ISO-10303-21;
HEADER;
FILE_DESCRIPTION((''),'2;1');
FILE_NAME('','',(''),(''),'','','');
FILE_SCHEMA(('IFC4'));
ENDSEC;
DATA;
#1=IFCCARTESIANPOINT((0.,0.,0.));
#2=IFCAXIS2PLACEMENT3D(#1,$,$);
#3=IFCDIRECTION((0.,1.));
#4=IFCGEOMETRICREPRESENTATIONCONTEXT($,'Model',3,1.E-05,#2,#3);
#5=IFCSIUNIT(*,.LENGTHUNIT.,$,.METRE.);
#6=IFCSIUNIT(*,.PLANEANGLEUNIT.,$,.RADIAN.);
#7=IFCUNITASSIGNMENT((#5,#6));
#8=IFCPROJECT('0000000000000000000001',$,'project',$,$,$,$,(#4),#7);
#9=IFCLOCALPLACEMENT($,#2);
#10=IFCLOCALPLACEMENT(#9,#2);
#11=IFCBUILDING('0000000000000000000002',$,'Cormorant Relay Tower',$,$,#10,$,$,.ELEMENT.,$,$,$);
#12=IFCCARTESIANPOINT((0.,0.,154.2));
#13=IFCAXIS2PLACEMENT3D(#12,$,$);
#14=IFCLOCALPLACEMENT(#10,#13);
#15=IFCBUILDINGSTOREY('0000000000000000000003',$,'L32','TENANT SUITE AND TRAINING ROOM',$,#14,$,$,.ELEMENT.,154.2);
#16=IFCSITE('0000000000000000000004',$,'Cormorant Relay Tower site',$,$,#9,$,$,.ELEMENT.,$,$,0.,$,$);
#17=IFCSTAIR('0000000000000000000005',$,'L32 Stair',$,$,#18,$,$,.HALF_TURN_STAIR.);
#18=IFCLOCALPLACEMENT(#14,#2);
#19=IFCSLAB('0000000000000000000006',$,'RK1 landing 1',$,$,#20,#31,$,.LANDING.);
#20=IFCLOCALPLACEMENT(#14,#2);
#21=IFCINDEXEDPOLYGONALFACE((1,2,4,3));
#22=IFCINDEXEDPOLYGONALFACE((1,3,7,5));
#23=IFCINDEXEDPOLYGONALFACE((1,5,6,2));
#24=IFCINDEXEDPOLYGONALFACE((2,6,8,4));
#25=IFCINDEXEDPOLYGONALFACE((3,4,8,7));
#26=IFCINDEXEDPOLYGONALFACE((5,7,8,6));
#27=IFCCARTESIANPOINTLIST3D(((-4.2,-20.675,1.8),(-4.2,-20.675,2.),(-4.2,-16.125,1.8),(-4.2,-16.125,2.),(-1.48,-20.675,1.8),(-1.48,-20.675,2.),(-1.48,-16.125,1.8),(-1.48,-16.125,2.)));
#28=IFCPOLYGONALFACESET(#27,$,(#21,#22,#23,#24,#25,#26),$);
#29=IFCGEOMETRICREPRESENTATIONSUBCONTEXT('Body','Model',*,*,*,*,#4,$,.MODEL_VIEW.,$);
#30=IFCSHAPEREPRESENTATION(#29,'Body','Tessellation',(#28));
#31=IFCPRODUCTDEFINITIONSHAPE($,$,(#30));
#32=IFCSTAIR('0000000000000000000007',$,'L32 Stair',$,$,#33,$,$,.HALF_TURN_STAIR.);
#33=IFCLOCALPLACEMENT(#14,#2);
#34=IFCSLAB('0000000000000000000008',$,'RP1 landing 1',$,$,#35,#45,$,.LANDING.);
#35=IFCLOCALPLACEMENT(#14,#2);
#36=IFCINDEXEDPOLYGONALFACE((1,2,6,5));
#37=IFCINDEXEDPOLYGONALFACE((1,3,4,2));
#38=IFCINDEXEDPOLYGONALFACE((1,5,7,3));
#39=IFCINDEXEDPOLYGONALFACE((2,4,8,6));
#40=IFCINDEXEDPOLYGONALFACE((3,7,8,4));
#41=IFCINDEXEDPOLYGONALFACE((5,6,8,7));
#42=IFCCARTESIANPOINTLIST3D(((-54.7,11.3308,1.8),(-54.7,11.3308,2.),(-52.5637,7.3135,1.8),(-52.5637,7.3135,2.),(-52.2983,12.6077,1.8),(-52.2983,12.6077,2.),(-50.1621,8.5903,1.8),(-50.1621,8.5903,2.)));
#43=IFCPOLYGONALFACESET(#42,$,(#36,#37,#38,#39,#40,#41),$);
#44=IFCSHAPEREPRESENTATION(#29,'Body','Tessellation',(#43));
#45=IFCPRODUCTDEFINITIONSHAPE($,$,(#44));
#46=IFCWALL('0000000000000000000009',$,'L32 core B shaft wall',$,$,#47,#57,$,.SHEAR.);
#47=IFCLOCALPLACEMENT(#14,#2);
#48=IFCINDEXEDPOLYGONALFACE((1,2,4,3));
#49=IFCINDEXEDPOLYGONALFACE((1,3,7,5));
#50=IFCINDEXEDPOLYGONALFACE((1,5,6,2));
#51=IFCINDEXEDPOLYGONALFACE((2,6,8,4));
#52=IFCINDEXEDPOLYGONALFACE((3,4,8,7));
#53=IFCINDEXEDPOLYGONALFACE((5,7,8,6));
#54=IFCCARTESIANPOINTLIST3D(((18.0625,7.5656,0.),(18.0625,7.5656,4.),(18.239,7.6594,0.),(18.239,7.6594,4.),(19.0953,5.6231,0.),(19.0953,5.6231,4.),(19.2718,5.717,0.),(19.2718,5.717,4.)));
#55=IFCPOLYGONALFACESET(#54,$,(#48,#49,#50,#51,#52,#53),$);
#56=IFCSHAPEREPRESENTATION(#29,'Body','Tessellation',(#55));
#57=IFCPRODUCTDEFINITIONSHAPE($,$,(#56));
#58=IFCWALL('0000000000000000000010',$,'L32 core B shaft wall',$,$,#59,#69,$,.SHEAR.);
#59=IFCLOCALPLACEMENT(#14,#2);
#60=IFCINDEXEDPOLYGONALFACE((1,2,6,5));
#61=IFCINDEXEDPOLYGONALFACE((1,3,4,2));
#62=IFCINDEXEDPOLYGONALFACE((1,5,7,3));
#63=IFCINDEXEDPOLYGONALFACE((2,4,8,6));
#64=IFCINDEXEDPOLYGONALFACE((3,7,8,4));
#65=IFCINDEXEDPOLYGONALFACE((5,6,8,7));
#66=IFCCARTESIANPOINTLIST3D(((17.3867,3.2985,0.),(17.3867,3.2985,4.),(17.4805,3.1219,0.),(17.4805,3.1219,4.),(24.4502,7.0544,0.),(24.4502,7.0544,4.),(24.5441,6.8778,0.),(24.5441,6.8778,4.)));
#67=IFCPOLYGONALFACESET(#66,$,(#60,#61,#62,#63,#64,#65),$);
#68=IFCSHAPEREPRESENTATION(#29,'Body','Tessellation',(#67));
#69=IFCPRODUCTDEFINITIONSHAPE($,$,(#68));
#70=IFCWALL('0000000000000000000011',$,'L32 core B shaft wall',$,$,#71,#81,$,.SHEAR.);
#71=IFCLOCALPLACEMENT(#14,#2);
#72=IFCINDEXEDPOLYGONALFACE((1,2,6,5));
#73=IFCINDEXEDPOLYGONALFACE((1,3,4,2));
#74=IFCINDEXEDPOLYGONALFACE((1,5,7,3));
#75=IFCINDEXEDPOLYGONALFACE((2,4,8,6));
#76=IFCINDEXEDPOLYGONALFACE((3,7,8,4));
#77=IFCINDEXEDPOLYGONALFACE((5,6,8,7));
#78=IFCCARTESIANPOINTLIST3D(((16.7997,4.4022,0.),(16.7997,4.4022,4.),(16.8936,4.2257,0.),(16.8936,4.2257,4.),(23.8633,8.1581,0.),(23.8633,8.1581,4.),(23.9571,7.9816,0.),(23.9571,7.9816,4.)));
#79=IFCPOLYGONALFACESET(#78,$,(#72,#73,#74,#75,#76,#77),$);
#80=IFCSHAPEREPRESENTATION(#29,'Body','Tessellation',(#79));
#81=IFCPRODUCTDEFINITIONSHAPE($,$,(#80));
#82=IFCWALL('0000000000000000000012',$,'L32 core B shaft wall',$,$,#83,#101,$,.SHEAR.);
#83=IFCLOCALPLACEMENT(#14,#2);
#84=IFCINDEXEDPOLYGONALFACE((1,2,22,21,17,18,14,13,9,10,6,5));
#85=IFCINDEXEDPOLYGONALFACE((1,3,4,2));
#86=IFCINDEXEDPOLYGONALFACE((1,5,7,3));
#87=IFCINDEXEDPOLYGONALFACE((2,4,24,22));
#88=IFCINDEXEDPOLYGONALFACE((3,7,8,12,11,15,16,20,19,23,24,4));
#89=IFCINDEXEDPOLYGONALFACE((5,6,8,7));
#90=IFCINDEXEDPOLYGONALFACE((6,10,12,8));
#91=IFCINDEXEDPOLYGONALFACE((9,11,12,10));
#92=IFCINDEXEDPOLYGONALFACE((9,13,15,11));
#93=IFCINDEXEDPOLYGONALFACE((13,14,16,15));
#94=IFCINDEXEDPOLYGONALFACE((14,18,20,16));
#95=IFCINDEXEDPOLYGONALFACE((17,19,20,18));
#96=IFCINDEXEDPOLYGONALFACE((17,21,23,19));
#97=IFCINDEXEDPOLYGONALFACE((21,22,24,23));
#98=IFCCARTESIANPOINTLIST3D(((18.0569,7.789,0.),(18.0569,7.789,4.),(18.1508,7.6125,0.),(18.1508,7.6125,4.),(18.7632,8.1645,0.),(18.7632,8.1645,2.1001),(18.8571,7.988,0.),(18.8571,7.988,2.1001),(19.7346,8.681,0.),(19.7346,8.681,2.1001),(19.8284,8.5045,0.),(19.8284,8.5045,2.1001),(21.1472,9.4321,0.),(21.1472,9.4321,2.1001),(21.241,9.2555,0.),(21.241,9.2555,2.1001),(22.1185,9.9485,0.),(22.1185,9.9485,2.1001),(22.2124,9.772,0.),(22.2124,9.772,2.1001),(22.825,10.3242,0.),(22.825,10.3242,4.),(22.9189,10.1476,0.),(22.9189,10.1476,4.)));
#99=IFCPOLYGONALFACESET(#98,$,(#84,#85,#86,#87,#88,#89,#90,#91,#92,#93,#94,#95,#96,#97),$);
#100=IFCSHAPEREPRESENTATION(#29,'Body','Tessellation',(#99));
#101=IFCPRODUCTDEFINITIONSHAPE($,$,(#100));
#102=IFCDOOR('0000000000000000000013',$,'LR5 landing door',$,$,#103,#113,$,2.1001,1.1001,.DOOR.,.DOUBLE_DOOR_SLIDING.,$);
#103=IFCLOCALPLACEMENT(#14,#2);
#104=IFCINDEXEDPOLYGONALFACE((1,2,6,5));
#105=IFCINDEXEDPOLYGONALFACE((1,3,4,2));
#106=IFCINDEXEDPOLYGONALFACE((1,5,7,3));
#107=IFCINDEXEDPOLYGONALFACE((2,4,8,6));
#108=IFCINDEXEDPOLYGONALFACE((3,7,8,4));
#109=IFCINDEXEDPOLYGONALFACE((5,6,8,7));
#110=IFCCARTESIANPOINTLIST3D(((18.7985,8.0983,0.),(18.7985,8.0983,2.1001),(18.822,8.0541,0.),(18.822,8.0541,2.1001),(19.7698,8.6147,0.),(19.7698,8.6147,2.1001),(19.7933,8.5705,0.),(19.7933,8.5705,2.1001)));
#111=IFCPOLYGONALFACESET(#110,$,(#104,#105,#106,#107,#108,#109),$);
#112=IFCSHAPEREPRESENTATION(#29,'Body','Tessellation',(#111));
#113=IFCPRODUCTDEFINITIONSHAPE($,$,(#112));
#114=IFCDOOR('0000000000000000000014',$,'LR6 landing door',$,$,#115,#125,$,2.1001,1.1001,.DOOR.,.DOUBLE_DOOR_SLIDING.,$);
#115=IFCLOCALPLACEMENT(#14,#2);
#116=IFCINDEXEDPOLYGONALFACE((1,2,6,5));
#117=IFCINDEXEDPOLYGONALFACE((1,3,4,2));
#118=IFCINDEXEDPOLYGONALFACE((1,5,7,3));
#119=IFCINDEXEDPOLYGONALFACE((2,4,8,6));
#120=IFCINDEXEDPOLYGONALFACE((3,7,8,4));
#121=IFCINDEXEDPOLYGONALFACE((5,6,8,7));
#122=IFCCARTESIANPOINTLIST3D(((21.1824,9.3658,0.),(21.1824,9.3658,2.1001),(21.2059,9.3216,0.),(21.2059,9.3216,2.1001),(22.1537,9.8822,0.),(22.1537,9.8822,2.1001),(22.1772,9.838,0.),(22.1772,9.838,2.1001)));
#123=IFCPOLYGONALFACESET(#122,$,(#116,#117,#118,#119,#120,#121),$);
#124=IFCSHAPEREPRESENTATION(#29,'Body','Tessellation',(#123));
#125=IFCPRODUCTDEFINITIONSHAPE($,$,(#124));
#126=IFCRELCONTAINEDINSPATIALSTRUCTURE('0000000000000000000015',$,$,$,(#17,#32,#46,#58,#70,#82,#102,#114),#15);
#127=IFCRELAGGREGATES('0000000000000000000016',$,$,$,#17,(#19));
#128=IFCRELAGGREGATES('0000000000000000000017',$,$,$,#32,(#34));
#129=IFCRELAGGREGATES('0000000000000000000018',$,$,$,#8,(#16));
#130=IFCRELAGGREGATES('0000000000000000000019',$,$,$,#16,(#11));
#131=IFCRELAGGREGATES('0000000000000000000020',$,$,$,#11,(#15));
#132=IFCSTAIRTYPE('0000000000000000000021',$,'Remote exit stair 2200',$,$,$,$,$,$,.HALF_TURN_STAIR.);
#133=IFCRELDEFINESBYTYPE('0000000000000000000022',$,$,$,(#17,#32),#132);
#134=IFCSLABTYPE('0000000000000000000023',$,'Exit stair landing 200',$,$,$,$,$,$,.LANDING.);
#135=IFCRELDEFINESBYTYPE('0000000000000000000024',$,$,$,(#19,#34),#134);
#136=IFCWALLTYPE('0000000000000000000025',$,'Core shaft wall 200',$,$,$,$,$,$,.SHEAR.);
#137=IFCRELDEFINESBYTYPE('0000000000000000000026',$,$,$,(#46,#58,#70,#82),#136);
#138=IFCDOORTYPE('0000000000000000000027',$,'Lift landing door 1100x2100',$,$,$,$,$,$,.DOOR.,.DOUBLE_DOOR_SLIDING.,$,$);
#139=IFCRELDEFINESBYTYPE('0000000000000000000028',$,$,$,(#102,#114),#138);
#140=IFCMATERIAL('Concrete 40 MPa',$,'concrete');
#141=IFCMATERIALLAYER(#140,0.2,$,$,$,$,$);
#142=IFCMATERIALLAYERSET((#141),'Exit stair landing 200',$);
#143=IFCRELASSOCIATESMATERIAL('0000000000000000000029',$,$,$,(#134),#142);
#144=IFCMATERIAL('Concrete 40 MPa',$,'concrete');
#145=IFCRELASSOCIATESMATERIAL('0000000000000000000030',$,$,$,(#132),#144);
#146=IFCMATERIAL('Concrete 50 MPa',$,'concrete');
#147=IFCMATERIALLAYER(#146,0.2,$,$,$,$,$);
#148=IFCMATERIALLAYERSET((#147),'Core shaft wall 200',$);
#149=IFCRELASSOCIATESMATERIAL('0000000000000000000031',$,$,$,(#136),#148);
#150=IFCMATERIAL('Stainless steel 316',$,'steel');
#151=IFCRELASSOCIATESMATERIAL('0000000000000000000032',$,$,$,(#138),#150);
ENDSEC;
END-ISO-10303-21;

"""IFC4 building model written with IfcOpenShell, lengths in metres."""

from ifc_helpers import new_model, si_unit, direction, frame, frame_2d, origin, place, context, subcontext, project, spatial, polyline, rectangle, outline, extrude, material, layer, layer_set, type_object, element, fill, aggregate, save


model = new_model("IFC4")

# Units and contexts
model_context = context("Model", 3, precision=1e-05, world=origin(), true_north=direction((0.0, 1.0)))
body_context = subcontext(model_context, "Body", "Model", "MODEL_VIEW")
ifc_project = project(units=[si_unit("LENGTHUNIT", "METRE"), si_unit("PLANEANGLEUNIT", "RADIAN")], contexts=[model_context])

# Site, building, storey
site_placement = place(None, origin())
site = spatial("IfcSite", under=ifc_project, at=site_placement, Name="Cormorant Relay Tower site", CompositionType="ELEMENT", RefElevation=0.0)
building_placement = place(site_placement, origin())
building = spatial("IfcBuilding", under=site, at=building_placement, Name="Cormorant Relay Tower", CompositionType="ELEMENT")
storey_placement = place(building_placement, frame((0.0, 0.0, 154.2)))
storey = spatial("IfcBuildingStorey", under=building, at=storey_placement, Name="L32", Description="TENANT SUITE AND TRAINING ROOM", CompositionType="ELEMENT", Elevation=154.2)

# Stairs, slabs
ifc_material_1 = material(Name="Concrete 40 MPa", Category="concrete")
ifc_layer_1 = layer(ifc_material_1, 0.2)
ifc_layer_set_1 = layer_set([ifc_layer_1], Name="Exit stair landing 200")
slab_type = type_object("IfcSlabType", Name="Exit stair landing 200", PredefinedType="LANDING", material=ifc_layer_set_1)
ifc_material_2 = material(Name="Concrete 40 MPa", Category="concrete")
stair_type_1 = type_object("IfcStairType", Name="Remote exit stair 2200", PredefinedType="HALF_TURN_STAIR", material=ifc_material_2)
stair_1_placement = place(storey_placement, origin())
stair_1 = element("IfcStair", 1, at=stair_1_placement, inside=storey, type_object=stair_type_1, Name="L32 Stair", PredefinedType="HALF_TURN_STAIR")
slab_1_placement = place(storey_placement, frame((0.0, 0.0, 1.8)))
slab_1 = element("IfcSlab", 2, at=slab_1_placement, type_object=slab_type, Name="RK1 landing 1", PredefinedType="LANDING", context=body_context, shape_type="SweptSolid", body=[
    extrude(outline(polyline([(-1.48, -16.125), (-4.2, -16.125), (-4.2, -20.675), (-1.48, -20.675), (-1.48, -16.125)])), origin(), (0.0, 0.0, 1.0), 0.2),
])
aggregate(stair_1, [slab_1])
stair_2_placement = place(storey_placement, origin())
stair_2 = element("IfcStair", 3, at=stair_2_placement, inside=storey, type_object=stair_type_1, Name="L32 Stair", PredefinedType="HALF_TURN_STAIR")
slab_2_placement = place(storey_placement, frame((0.0, 0.0, 1.8)))
slab_2 = element("IfcSlab", 4, at=slab_2_placement, type_object=slab_type, Name="RP1 landing 1", PredefinedType="LANDING", context=body_context, shape_type="SweptSolid", body=[
    extrude(outline(polyline([(-52.2983, 12.6077), (-54.7, 11.3308), (-52.5637, 7.3135), (-50.1621, 8.5903), (-52.2983, 12.6077)])), origin(), (0.0, 0.0, 1.0), 0.2),
])
aggregate(stair_2, [slab_2])

# Walls
ifc_material_3 = material(Name="Concrete 50 MPa", Category="concrete")
ifc_layer_2 = layer(ifc_material_3, 0.2)
ifc_layer_set_2 = layer_set([ifc_layer_2], Name="Core shaft wall 200")
wall_type = type_object("IfcWallType", Name="Core shaft wall 200", PredefinedType="SHEAR", material=ifc_layer_set_2)
wall_1_placement = place(storey_placement, frame((19.1836, 5.6699, 0.0), z_axis=(0.0, 0.0, 1.0), x_axis=(-0.469447, 0.88296, 0.0)))
element("IfcWall", 5, at=wall_1_placement, inside=storey, type_object=wall_type, Name="L32 core B shaft wall", PredefinedType="SHEAR", context=body_context, shape_type="SweptSolid", body=[
    extrude(rectangle(XDim=2.2, YDim=0.2, at=frame_2d((1.1001, 0.0))), origin(), (0.0, 0.0, 1.0), 4.0),
])
for number, where, z_axis, x_axis, name in (
    (6, (17.4336, 3.2102, 0.0), (0.0, 0.0, 1.0), (0.88294, 0.469485, 0.0), "L32 core B shaft wall"),
    (7, (16.8467, 4.314, 0.0), (0.0, 0.0, 1.0), (0.88294, 0.469485, 0.0), "L32 core B shaft wall"),
):
    element("IfcWall", number, at=place(storey_placement, frame(where, z_axis=z_axis, x_axis=x_axis)), inside=storey, type_object=wall_type, Name=name, PredefinedType="SHEAR", context=body_context, shape_type="SweptSolid", body=[
        extrude(rectangle(XDim=8.0, YDim=0.2, at=frame_2d((4.0, 0.0))), origin(), (0.0, 0.0, 1.0), 4.0),
    ])

# Wall, openings, doors
wall_2_placement = place(storey_placement, frame((18.1038, 7.7007, 0.0), z_axis=(0.0, 0.0, 1.0), x_axis=(0.882953, 0.469462, 0.0)))
wall_2 = element("IfcWall", 8, at=wall_2_placement, inside=storey, type_object=wall_type, Name="L32 core B shaft wall", PredefinedType="SHEAR", context=body_context, shape_type="SweptSolid", body=[
    extrude(rectangle(XDim=5.4001, YDim=0.2, at=frame_2d((2.7002, 0.0))), origin(), (0.0, 0.0, 1.0), 4.0),
])
opening_1_placement = place(wall_2_placement, frame((0.8, 0.0, 0.0)))
opening_1 = element("IfcOpeningElement", 9, at=opening_1_placement, cuts=wall_2, PredefinedType="OPENING", context=body_context, shape_type="SweptSolid", body=[
    extrude(rectangle(XDim=1.1001, YDim=2.1001, at=frame_2d((0.55, 1.05))), frame((0.0, 0.1099, 0.0), z_axis=(0.0, -1.0, 0.0), x_axis=(1.0, 0.0, 0.0)), (0.0, 0.0, 1.0), 0.22),
])
opening_2_placement = place(wall_2_placement, frame((3.5, 0.0, 0.0)))
opening_2 = element("IfcOpeningElement", 10, at=opening_2_placement, cuts=wall_2, PredefinedType="OPENING", context=body_context, shape_type="SweptSolid", body=[
    extrude(rectangle(XDim=1.1001, YDim=2.1001, at=frame_2d((0.55, 1.05))), frame((0.0, 0.1099, 0.0), z_axis=(0.0, -1.0, 0.0), x_axis=(1.0, 0.0, 0.0)), (0.0, 0.0, 1.0), 0.22),
])
ifc_material_4 = material(Name="Stainless steel 316", Category="steel")
door_type_1 = type_object("IfcDoorType", Name="Lift landing door 1100x2100", OperationType="DOUBLE_DOOR_SLIDING", PredefinedType="DOOR", material=ifc_material_4)
door_1_placement = place(opening_1_placement, origin())
door_1 = element("IfcDoor", 11, at=door_1_placement, inside=storey, type_object=door_type_1, Name="LR5 landing door", OperationType="DOUBLE_DOOR_SLIDING", OverallHeight=2.1001, OverallWidth=1.1001, PredefinedType="DOOR", context=body_context, shape_type="SweptSolid", body=[
    extrude(rectangle(XDim=1.1001, YDim=2.1001, at=frame_2d((0.55, 1.05))), frame((0.0, 0.0249, 0.0), z_axis=(0.0, -1.0, 0.0), x_axis=(1.0, 0.0, 0.0)), (0.0, 0.0, 1.0), 0.05),
])
fill(opening_1, door_1)
door_2_placement = place(opening_2_placement, origin())
door_2 = element("IfcDoor", 12, at=door_2_placement, inside=storey, type_object=door_type_1, Name="LR6 landing door", OperationType="DOUBLE_DOOR_SLIDING", OverallHeight=2.1001, OverallWidth=1.1001, PredefinedType="DOOR", context=body_context, shape_type="SweptSolid", body=[
    extrude(rectangle(XDim=1.1001, YDim=2.1001, at=frame_2d((0.55, 1.05))), frame((0.0, 0.0249, 0.0), z_axis=(0.0, -1.0, 0.0), x_axis=(1.0, 0.0, 0.0)), (0.0, 0.0, 1.0), 0.05),
])
fill(opening_2, door_2)

save(model, "model.ifc")
